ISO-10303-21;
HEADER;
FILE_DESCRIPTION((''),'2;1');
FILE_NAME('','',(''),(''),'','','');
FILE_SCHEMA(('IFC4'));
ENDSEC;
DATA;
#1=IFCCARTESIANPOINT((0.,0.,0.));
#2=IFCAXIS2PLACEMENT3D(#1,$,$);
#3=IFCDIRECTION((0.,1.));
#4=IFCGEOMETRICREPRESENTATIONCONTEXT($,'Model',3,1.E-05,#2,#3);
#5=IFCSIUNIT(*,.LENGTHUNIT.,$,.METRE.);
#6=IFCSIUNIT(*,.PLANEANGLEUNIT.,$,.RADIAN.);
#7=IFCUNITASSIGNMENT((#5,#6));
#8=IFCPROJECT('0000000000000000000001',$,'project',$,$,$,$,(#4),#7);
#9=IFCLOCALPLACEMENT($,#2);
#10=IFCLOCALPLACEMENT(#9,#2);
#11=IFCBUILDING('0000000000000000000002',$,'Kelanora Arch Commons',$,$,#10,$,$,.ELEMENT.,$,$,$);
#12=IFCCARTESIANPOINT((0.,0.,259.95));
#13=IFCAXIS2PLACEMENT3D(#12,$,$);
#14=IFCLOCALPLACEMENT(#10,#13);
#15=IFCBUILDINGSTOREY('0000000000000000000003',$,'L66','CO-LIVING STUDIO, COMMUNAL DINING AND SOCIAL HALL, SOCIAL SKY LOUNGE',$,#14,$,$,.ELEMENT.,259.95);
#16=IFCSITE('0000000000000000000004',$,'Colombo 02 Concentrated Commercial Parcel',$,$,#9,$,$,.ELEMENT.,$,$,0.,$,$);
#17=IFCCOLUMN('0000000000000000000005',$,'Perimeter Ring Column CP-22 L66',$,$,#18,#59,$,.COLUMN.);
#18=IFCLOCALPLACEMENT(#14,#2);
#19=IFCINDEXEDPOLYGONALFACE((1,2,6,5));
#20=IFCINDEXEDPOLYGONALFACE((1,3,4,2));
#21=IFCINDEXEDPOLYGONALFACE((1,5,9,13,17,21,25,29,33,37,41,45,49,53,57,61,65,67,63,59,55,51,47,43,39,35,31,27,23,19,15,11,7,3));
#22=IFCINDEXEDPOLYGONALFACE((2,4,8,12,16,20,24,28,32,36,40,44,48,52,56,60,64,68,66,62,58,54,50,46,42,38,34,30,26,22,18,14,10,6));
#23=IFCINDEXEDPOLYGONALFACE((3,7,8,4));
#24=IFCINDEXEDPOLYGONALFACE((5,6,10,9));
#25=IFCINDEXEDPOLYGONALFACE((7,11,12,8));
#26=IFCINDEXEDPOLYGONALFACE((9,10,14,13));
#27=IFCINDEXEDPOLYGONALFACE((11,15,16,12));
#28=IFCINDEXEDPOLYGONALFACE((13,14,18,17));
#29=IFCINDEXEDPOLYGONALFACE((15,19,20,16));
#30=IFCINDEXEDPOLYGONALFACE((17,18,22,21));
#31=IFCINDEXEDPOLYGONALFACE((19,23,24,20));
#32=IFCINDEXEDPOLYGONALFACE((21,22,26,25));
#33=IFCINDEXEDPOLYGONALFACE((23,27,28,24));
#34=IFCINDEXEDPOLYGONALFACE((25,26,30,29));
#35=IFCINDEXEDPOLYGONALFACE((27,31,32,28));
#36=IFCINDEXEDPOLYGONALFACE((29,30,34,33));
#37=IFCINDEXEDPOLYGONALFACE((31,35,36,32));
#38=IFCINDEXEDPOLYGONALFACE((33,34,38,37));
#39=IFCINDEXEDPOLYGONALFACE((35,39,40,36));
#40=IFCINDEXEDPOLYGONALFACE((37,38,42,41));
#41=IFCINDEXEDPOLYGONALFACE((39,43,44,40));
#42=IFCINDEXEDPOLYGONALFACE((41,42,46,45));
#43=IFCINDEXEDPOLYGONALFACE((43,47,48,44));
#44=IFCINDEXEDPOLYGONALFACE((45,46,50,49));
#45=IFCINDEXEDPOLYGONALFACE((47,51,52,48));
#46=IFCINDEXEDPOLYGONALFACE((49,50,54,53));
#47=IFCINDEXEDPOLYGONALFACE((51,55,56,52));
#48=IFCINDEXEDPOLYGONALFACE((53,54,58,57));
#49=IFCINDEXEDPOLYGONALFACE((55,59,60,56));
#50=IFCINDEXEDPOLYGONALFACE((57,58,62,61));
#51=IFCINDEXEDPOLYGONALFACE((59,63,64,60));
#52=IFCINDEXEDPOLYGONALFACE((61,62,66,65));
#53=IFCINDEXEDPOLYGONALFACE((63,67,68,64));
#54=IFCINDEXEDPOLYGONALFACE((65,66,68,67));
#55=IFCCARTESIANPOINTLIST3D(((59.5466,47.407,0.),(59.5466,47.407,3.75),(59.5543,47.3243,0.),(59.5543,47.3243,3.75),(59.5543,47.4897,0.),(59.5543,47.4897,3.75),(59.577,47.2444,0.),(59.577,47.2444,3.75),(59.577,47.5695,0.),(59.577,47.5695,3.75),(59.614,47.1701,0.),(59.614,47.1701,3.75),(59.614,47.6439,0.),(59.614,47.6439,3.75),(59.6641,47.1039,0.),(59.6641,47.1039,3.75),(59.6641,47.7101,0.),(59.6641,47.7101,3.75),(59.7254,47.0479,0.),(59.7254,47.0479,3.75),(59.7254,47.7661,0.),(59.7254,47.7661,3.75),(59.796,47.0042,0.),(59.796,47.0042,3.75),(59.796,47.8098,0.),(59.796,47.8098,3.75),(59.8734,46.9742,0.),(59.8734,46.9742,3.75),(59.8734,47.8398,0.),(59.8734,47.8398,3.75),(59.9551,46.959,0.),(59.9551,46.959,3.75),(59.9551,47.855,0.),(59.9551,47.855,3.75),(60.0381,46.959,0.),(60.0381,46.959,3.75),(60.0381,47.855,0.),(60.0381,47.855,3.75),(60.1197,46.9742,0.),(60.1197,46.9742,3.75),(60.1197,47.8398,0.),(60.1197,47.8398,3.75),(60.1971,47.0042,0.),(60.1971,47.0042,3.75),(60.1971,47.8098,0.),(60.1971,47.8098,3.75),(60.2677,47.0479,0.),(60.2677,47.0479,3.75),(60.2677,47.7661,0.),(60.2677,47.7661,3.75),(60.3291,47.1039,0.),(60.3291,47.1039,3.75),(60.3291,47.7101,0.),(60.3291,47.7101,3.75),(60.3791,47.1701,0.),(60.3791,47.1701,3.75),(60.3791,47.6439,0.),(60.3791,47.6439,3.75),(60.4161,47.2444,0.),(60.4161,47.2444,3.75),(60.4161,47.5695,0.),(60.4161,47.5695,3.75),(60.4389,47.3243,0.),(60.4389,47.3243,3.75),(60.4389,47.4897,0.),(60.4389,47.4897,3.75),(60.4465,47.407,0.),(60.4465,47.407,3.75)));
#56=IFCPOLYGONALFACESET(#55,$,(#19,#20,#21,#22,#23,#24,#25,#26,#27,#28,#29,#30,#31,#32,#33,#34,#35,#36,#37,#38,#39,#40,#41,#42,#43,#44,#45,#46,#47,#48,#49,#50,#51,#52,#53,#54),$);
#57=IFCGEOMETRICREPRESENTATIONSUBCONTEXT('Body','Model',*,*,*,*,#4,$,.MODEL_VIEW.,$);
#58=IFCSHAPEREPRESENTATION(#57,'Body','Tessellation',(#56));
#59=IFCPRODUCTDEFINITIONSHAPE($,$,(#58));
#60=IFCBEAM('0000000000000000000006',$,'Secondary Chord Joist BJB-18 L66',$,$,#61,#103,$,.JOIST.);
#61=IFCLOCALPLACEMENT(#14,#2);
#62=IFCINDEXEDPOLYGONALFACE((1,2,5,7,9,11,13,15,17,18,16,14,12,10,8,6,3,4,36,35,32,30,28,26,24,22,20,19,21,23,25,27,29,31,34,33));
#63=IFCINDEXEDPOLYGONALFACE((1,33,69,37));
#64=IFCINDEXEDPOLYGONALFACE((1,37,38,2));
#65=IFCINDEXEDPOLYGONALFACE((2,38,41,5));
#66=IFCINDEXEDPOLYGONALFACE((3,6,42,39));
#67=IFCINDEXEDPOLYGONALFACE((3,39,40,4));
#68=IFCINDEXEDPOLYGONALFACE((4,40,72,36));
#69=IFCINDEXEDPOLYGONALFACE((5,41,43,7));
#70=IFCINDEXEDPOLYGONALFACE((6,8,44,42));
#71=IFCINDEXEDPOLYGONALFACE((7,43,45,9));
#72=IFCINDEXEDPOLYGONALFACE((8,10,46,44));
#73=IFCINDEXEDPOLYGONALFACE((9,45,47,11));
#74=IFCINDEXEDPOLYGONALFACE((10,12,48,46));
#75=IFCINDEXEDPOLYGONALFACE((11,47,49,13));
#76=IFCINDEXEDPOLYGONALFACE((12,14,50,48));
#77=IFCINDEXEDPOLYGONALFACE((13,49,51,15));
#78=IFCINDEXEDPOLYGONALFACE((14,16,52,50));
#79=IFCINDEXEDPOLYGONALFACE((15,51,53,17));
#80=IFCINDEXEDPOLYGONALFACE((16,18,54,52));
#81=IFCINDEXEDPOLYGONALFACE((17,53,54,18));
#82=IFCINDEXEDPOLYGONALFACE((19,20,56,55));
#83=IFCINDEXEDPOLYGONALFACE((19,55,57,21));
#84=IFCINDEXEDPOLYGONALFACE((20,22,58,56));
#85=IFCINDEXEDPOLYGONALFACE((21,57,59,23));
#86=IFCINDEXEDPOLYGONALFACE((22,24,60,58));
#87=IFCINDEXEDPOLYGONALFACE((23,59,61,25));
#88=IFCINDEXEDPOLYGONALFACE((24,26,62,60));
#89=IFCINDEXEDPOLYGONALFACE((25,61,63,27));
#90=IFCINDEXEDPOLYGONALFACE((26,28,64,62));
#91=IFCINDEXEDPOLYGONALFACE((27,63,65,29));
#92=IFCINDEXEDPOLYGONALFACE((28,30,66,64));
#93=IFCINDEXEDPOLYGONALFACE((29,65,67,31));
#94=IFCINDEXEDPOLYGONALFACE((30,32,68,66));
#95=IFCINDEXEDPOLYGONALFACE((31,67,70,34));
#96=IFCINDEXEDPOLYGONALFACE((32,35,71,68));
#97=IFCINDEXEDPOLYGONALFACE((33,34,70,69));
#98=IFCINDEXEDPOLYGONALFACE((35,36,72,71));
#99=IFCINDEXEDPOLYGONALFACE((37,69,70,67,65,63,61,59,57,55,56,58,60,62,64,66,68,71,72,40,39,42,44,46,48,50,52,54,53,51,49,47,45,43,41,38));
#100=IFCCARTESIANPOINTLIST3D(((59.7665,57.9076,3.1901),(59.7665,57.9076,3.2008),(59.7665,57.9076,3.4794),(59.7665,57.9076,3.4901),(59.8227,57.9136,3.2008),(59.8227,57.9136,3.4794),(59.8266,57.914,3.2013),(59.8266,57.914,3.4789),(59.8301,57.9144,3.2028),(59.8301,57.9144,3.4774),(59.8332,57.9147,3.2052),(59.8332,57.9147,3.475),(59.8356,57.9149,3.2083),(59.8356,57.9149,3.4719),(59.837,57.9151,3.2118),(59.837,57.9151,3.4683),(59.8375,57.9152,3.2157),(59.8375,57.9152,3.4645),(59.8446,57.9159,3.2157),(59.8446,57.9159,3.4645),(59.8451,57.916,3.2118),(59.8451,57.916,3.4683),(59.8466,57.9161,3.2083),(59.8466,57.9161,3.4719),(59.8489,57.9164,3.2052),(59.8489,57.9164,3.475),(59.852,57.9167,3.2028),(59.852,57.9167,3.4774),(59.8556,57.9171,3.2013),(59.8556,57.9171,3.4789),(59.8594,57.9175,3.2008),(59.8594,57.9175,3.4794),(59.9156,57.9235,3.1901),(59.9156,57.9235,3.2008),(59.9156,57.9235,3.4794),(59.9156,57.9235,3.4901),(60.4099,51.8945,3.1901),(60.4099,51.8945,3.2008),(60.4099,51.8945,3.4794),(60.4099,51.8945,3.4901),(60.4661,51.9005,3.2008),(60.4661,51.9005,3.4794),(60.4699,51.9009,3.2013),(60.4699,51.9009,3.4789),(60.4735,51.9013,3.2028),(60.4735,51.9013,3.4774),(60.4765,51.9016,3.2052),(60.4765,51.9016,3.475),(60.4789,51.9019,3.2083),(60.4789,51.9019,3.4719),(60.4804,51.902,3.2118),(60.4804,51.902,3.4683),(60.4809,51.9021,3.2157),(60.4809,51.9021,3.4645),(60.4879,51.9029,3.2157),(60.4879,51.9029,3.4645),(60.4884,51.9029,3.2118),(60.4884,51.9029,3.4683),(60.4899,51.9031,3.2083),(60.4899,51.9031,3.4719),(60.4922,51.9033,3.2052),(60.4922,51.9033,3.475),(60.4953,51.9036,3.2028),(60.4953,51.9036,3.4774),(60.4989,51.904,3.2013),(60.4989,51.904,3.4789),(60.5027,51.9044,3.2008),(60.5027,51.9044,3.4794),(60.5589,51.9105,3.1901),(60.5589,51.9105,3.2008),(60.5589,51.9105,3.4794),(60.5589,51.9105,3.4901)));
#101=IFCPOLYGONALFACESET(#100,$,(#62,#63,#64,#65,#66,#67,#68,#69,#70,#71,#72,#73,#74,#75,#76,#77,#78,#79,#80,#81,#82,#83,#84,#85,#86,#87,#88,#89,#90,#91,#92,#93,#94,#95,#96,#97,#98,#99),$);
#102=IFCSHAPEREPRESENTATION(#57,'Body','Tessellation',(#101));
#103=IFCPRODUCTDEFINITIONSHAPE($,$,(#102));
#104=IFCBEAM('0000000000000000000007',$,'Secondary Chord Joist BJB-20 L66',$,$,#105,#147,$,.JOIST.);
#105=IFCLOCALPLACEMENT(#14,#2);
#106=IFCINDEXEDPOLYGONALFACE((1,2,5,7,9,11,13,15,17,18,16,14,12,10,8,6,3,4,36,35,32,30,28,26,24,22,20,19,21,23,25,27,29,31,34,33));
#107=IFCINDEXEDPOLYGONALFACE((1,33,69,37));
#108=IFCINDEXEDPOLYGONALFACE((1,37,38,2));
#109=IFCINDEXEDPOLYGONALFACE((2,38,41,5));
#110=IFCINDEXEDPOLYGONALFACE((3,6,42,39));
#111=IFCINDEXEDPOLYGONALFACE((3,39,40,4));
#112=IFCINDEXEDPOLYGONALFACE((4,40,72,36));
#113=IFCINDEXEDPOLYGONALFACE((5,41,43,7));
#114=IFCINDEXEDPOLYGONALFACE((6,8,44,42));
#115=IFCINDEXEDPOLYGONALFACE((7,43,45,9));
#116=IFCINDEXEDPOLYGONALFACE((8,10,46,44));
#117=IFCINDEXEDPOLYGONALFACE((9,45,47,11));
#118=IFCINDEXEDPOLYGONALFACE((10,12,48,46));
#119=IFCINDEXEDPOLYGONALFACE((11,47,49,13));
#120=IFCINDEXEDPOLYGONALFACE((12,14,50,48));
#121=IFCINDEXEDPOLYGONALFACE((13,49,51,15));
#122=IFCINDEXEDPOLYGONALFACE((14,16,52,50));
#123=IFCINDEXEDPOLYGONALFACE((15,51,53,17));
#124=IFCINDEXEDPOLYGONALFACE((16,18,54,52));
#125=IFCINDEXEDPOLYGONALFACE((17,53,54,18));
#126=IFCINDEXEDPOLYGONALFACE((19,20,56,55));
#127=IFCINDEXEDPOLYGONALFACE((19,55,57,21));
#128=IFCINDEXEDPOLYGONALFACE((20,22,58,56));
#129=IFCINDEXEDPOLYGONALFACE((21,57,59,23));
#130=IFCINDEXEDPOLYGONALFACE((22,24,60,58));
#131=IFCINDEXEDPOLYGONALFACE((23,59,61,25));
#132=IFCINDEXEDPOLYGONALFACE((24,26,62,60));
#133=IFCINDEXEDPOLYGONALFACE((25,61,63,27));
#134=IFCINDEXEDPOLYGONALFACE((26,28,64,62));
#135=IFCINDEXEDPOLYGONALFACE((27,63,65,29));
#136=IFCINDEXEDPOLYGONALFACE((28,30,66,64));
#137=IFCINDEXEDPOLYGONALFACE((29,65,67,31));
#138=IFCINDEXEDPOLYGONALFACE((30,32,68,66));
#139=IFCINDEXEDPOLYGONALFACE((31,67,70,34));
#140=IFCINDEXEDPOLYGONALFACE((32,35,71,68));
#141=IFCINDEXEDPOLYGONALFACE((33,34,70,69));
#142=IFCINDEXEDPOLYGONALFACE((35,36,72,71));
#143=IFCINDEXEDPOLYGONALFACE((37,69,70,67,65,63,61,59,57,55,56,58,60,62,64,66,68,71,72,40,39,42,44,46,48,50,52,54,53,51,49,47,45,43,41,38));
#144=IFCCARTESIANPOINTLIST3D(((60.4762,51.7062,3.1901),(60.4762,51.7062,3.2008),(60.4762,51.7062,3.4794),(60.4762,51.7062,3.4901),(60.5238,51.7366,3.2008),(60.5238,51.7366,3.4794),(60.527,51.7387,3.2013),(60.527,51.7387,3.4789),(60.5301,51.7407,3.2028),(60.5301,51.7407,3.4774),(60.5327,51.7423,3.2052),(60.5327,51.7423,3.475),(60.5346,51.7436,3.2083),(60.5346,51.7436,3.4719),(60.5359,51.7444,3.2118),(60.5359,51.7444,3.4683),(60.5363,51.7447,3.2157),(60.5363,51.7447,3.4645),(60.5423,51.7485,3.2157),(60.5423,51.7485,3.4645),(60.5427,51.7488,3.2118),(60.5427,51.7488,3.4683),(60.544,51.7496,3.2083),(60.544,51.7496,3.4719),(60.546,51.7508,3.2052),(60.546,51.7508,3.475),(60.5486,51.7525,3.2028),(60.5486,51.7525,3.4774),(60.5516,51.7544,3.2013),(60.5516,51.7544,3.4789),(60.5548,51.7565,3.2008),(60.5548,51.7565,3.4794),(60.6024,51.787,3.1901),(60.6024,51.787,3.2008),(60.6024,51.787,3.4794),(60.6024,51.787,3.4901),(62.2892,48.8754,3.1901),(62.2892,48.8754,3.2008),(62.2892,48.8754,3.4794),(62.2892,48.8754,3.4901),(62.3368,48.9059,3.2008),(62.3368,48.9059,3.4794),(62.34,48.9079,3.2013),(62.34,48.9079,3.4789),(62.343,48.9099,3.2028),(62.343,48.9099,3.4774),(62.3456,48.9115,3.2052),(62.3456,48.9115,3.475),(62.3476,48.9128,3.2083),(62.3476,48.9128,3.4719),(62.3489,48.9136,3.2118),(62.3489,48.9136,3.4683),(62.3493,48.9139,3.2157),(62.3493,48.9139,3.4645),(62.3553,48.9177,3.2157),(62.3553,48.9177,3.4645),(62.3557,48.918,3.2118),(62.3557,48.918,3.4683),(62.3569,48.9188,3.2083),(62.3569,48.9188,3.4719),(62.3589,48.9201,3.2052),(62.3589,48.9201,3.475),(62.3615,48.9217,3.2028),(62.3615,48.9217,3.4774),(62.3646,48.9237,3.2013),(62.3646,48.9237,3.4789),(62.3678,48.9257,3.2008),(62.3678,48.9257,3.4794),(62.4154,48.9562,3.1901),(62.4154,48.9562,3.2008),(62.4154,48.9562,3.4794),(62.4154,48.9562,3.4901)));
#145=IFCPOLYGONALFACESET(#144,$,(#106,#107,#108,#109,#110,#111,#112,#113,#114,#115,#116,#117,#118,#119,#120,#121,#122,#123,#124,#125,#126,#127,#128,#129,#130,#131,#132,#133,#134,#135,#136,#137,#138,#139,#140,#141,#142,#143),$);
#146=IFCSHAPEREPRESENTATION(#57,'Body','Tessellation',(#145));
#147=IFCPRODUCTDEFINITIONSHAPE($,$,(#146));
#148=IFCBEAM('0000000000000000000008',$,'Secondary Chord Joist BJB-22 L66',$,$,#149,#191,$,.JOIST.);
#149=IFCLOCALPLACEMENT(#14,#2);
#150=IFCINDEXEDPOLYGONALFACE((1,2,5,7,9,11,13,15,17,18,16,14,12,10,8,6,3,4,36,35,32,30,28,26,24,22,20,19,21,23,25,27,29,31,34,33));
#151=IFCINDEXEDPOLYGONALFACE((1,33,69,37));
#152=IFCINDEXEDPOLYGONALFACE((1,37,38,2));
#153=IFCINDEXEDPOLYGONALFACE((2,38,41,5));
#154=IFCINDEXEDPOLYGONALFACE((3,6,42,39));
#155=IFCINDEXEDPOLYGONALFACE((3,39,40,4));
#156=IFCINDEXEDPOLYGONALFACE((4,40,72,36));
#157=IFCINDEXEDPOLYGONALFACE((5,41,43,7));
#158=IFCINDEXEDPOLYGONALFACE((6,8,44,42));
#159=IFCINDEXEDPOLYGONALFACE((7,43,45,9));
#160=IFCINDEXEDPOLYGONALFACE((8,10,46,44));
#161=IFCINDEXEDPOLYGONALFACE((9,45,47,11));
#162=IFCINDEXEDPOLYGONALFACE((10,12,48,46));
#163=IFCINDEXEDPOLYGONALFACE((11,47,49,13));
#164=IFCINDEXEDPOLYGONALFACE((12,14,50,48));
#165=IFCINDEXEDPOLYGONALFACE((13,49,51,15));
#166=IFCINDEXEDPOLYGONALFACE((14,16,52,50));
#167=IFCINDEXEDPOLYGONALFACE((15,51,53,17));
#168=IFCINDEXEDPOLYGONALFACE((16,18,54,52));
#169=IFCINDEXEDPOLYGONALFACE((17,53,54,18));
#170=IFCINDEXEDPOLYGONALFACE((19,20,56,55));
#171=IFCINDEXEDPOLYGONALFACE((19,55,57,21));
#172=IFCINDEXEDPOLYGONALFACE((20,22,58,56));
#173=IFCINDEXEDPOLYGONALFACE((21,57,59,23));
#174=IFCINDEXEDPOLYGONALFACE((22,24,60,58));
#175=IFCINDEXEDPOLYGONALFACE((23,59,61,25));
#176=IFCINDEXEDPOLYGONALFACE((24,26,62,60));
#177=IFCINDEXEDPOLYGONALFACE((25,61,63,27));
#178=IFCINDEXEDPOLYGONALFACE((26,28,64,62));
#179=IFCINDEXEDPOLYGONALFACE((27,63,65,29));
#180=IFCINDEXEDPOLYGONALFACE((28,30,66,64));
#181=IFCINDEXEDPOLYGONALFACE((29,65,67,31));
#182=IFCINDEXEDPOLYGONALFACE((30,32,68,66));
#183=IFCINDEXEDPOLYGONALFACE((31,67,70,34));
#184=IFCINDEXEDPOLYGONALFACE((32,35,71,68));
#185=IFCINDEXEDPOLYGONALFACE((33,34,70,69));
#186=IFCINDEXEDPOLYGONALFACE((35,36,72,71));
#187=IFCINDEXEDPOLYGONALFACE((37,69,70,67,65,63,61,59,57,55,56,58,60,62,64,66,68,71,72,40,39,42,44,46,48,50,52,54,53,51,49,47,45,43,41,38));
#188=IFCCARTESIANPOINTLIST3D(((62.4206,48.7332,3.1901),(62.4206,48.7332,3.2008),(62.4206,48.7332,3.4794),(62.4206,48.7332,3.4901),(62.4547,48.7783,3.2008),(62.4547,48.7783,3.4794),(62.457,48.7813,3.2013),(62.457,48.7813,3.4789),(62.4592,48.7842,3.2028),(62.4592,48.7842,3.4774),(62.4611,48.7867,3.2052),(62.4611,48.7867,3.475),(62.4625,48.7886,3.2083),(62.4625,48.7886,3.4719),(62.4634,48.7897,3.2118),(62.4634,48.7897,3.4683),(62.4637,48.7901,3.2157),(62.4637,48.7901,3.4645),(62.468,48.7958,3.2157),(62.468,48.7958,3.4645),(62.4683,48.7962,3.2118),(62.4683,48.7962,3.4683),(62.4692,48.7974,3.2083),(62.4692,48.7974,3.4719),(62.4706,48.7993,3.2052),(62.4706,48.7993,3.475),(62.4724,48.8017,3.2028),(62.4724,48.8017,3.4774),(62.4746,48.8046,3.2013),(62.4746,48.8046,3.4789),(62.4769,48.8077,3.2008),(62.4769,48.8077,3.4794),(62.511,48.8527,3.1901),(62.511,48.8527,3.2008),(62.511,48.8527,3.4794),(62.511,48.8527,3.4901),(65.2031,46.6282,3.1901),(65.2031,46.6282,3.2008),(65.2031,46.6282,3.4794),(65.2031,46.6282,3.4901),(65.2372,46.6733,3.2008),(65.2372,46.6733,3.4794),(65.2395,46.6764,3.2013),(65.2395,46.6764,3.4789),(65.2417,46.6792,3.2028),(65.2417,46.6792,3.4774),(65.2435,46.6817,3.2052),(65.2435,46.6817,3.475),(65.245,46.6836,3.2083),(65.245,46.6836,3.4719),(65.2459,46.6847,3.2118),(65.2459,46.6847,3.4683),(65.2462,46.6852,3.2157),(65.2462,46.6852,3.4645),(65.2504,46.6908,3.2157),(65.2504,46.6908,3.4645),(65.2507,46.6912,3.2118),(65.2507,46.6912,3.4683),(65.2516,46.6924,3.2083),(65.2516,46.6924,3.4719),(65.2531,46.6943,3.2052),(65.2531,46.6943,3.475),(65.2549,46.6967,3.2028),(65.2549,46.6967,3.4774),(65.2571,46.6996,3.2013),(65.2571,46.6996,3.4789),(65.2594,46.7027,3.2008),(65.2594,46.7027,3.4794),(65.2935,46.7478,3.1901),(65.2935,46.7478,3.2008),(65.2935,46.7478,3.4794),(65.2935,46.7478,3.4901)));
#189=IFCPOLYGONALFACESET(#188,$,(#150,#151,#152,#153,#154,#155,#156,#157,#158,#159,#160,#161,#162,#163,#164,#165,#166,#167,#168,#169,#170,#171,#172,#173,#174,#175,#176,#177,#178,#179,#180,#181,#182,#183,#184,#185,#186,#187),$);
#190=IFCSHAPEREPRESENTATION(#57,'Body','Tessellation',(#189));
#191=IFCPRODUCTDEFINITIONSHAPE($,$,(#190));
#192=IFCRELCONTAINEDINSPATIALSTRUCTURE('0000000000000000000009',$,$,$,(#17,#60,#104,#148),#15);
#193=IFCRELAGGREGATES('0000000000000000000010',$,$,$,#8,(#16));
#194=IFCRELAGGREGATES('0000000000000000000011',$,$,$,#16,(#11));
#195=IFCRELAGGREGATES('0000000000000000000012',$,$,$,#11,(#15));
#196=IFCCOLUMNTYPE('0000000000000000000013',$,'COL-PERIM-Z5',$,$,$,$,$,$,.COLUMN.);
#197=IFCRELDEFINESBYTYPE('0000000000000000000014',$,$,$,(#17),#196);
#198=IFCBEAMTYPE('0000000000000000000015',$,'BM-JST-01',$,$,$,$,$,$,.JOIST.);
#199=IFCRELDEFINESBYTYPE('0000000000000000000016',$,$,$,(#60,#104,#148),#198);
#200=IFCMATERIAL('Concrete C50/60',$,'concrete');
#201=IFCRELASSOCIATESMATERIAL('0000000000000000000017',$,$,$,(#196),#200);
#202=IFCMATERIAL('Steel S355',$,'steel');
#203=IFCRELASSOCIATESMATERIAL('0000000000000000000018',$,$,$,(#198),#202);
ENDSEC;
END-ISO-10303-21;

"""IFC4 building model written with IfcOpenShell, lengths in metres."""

from ifc_helpers import new_model, si_unit, direction, frame, origin, origin_2d, place, context, subcontext, project, spatial, circle, i_section, extrude, material, material_profile, profile_set, type_object, element, save


model = new_model("IFC4")

# Units and contexts
model_context = context("Model", 3, precision=1e-05, world=origin(), true_north=direction((0.0, 1.0)))
body_context = subcontext(model_context, "Body", "Model", "MODEL_VIEW")
ifc_project = project(units=[si_unit("LENGTHUNIT", "METRE"), si_unit("PLANEANGLEUNIT", "RADIAN")], contexts=[model_context])

# Site, building, storey
site_placement = place(None, origin())
site = spatial("IfcSite", under=ifc_project, at=site_placement, Name="Colombo 02 Concentrated Commercial Parcel", CompositionType="ELEMENT", RefElevation=0.0)
building_placement = place(site_placement, origin())
building = spatial("IfcBuilding", under=site, at=building_placement, Name="Kelanora Arch Commons", CompositionType="ELEMENT")
storey_placement = place(building_placement, frame((0.0, 0.0, 259.95)))
storey = spatial("IfcBuildingStorey", under=building, at=storey_placement, Name="L66", Description="CO-LIVING STUDIO, COMMUNAL DINING AND SOCIAL HALL, SOCIAL SKY LOUNGE", CompositionType="ELEMENT", Elevation=259.95)

# Column
ifc_material_1 = material(Name="Concrete C50/60", Category="concrete")
ifc_material_profile_1 = material_profile(ifc_material_1, circle(Radius=0.45, at=origin_2d()), Name="RCC900")
ifc_profile_set_1 = profile_set([ifc_material_profile_1], Name="Concrete C50/60")
column_type = type_object("IfcColumnType", Name="COL-PERIM-Z5", PredefinedType="COLUMN", material=ifc_profile_set_1)
column_placement = place(storey_placement, frame((59.9966, 47.407, 0.0), z_axis=(0.0, 0.0, 1.0), x_axis=(1.0, 0.0, 0.0)))
element("IfcColumn", 1, at=column_placement, inside=storey, type_object=column_type, Name="Perimeter Ring Column CP-22 L66", PredefinedType="COLUMN", context=body_context, shape_type="SweptSolid", body=[
    extrude(circle(Radius=0.45, at=origin_2d()), origin(), (0.0, 0.0, 1.0), 3.75),
])

# Beams
ifc_material_2 = material(Name="Steel S355", Category="steel")
ifc_material_profile_2 = material_profile(ifc_material_2, i_section(OverallWidth=0.1499, OverallDepth=0.3, WebThickness=0.0071, FlangeThickness=0.0107, FilletRadius=0.0149, at=origin_2d()), Name="IPE300")
ifc_profile_set_2 = profile_set([ifc_material_profile_2], Name="Steel S355")
beam_type_1 = type_object("IfcBeamType", Name="BM-JST-01", PredefinedType="JOIST", material=ifc_profile_set_2)
beam_1_placement = place(storey_placement, frame((59.8411, 57.9155, 3.3401), z_axis=(0.106381, -0.994325, 0.0), x_axis=(0.994325, 0.106381, 0.0)))
element("IfcBeam", 2, at=beam_1_placement, inside=storey, type_object=beam_type_1, Name="Secondary Chord Joist BJB-18 L66", PredefinedType="JOIST", context=body_context, shape_type="SweptSolid", body=[
    extrude(i_section(OverallWidth=0.1499, OverallDepth=0.3, WebThickness=0.0071, FlangeThickness=0.0107, FilletRadius=0.0149, at=origin_2d()), origin(), (0.0, 0.0, 1.0), 6.0474),
])
beam_2_placement = place(storey_placement, frame((60.5393, 51.7466, 3.3401), z_axis=(0.539322, -0.8421, 0.0), x_axis=(0.8421, 0.539322, 0.0)))
element("IfcBeam", 3, at=beam_2_placement, inside=storey, type_object=beam_type_1, Name="Secondary Chord Joist BJB-20 L66", PredefinedType="JOIST", context=body_context, shape_type="SweptSolid", body=[
    extrude(i_section(OverallWidth=0.1499, OverallDepth=0.3, WebThickness=0.0071, FlangeThickness=0.0107, FilletRadius=0.0149, at=origin_2d()), origin(), (0.0, 0.0, 1.0), 3.3616),
])
beam_3_placement = place(storey_placement, frame((62.4658, 48.793, 3.3401), z_axis=(0.797499, -0.60332, 0.0), x_axis=(0.60332, 0.797499, 0.0)))
element("IfcBeam", 4, at=beam_3_placement, inside=storey, type_object=beam_type_1, Name="Secondary Chord Joist BJB-22 L66", PredefinedType="JOIST", context=body_context, shape_type="SweptSolid", body=[
    extrude(i_section(OverallWidth=0.1499, OverallDepth=0.3, WebThickness=0.0071, FlangeThickness=0.0107, FilletRadius=0.0149, at=origin_2d()), origin(), (0.0, 0.0, 1.0), 3.489),
])

save(model, "model.ifc")
